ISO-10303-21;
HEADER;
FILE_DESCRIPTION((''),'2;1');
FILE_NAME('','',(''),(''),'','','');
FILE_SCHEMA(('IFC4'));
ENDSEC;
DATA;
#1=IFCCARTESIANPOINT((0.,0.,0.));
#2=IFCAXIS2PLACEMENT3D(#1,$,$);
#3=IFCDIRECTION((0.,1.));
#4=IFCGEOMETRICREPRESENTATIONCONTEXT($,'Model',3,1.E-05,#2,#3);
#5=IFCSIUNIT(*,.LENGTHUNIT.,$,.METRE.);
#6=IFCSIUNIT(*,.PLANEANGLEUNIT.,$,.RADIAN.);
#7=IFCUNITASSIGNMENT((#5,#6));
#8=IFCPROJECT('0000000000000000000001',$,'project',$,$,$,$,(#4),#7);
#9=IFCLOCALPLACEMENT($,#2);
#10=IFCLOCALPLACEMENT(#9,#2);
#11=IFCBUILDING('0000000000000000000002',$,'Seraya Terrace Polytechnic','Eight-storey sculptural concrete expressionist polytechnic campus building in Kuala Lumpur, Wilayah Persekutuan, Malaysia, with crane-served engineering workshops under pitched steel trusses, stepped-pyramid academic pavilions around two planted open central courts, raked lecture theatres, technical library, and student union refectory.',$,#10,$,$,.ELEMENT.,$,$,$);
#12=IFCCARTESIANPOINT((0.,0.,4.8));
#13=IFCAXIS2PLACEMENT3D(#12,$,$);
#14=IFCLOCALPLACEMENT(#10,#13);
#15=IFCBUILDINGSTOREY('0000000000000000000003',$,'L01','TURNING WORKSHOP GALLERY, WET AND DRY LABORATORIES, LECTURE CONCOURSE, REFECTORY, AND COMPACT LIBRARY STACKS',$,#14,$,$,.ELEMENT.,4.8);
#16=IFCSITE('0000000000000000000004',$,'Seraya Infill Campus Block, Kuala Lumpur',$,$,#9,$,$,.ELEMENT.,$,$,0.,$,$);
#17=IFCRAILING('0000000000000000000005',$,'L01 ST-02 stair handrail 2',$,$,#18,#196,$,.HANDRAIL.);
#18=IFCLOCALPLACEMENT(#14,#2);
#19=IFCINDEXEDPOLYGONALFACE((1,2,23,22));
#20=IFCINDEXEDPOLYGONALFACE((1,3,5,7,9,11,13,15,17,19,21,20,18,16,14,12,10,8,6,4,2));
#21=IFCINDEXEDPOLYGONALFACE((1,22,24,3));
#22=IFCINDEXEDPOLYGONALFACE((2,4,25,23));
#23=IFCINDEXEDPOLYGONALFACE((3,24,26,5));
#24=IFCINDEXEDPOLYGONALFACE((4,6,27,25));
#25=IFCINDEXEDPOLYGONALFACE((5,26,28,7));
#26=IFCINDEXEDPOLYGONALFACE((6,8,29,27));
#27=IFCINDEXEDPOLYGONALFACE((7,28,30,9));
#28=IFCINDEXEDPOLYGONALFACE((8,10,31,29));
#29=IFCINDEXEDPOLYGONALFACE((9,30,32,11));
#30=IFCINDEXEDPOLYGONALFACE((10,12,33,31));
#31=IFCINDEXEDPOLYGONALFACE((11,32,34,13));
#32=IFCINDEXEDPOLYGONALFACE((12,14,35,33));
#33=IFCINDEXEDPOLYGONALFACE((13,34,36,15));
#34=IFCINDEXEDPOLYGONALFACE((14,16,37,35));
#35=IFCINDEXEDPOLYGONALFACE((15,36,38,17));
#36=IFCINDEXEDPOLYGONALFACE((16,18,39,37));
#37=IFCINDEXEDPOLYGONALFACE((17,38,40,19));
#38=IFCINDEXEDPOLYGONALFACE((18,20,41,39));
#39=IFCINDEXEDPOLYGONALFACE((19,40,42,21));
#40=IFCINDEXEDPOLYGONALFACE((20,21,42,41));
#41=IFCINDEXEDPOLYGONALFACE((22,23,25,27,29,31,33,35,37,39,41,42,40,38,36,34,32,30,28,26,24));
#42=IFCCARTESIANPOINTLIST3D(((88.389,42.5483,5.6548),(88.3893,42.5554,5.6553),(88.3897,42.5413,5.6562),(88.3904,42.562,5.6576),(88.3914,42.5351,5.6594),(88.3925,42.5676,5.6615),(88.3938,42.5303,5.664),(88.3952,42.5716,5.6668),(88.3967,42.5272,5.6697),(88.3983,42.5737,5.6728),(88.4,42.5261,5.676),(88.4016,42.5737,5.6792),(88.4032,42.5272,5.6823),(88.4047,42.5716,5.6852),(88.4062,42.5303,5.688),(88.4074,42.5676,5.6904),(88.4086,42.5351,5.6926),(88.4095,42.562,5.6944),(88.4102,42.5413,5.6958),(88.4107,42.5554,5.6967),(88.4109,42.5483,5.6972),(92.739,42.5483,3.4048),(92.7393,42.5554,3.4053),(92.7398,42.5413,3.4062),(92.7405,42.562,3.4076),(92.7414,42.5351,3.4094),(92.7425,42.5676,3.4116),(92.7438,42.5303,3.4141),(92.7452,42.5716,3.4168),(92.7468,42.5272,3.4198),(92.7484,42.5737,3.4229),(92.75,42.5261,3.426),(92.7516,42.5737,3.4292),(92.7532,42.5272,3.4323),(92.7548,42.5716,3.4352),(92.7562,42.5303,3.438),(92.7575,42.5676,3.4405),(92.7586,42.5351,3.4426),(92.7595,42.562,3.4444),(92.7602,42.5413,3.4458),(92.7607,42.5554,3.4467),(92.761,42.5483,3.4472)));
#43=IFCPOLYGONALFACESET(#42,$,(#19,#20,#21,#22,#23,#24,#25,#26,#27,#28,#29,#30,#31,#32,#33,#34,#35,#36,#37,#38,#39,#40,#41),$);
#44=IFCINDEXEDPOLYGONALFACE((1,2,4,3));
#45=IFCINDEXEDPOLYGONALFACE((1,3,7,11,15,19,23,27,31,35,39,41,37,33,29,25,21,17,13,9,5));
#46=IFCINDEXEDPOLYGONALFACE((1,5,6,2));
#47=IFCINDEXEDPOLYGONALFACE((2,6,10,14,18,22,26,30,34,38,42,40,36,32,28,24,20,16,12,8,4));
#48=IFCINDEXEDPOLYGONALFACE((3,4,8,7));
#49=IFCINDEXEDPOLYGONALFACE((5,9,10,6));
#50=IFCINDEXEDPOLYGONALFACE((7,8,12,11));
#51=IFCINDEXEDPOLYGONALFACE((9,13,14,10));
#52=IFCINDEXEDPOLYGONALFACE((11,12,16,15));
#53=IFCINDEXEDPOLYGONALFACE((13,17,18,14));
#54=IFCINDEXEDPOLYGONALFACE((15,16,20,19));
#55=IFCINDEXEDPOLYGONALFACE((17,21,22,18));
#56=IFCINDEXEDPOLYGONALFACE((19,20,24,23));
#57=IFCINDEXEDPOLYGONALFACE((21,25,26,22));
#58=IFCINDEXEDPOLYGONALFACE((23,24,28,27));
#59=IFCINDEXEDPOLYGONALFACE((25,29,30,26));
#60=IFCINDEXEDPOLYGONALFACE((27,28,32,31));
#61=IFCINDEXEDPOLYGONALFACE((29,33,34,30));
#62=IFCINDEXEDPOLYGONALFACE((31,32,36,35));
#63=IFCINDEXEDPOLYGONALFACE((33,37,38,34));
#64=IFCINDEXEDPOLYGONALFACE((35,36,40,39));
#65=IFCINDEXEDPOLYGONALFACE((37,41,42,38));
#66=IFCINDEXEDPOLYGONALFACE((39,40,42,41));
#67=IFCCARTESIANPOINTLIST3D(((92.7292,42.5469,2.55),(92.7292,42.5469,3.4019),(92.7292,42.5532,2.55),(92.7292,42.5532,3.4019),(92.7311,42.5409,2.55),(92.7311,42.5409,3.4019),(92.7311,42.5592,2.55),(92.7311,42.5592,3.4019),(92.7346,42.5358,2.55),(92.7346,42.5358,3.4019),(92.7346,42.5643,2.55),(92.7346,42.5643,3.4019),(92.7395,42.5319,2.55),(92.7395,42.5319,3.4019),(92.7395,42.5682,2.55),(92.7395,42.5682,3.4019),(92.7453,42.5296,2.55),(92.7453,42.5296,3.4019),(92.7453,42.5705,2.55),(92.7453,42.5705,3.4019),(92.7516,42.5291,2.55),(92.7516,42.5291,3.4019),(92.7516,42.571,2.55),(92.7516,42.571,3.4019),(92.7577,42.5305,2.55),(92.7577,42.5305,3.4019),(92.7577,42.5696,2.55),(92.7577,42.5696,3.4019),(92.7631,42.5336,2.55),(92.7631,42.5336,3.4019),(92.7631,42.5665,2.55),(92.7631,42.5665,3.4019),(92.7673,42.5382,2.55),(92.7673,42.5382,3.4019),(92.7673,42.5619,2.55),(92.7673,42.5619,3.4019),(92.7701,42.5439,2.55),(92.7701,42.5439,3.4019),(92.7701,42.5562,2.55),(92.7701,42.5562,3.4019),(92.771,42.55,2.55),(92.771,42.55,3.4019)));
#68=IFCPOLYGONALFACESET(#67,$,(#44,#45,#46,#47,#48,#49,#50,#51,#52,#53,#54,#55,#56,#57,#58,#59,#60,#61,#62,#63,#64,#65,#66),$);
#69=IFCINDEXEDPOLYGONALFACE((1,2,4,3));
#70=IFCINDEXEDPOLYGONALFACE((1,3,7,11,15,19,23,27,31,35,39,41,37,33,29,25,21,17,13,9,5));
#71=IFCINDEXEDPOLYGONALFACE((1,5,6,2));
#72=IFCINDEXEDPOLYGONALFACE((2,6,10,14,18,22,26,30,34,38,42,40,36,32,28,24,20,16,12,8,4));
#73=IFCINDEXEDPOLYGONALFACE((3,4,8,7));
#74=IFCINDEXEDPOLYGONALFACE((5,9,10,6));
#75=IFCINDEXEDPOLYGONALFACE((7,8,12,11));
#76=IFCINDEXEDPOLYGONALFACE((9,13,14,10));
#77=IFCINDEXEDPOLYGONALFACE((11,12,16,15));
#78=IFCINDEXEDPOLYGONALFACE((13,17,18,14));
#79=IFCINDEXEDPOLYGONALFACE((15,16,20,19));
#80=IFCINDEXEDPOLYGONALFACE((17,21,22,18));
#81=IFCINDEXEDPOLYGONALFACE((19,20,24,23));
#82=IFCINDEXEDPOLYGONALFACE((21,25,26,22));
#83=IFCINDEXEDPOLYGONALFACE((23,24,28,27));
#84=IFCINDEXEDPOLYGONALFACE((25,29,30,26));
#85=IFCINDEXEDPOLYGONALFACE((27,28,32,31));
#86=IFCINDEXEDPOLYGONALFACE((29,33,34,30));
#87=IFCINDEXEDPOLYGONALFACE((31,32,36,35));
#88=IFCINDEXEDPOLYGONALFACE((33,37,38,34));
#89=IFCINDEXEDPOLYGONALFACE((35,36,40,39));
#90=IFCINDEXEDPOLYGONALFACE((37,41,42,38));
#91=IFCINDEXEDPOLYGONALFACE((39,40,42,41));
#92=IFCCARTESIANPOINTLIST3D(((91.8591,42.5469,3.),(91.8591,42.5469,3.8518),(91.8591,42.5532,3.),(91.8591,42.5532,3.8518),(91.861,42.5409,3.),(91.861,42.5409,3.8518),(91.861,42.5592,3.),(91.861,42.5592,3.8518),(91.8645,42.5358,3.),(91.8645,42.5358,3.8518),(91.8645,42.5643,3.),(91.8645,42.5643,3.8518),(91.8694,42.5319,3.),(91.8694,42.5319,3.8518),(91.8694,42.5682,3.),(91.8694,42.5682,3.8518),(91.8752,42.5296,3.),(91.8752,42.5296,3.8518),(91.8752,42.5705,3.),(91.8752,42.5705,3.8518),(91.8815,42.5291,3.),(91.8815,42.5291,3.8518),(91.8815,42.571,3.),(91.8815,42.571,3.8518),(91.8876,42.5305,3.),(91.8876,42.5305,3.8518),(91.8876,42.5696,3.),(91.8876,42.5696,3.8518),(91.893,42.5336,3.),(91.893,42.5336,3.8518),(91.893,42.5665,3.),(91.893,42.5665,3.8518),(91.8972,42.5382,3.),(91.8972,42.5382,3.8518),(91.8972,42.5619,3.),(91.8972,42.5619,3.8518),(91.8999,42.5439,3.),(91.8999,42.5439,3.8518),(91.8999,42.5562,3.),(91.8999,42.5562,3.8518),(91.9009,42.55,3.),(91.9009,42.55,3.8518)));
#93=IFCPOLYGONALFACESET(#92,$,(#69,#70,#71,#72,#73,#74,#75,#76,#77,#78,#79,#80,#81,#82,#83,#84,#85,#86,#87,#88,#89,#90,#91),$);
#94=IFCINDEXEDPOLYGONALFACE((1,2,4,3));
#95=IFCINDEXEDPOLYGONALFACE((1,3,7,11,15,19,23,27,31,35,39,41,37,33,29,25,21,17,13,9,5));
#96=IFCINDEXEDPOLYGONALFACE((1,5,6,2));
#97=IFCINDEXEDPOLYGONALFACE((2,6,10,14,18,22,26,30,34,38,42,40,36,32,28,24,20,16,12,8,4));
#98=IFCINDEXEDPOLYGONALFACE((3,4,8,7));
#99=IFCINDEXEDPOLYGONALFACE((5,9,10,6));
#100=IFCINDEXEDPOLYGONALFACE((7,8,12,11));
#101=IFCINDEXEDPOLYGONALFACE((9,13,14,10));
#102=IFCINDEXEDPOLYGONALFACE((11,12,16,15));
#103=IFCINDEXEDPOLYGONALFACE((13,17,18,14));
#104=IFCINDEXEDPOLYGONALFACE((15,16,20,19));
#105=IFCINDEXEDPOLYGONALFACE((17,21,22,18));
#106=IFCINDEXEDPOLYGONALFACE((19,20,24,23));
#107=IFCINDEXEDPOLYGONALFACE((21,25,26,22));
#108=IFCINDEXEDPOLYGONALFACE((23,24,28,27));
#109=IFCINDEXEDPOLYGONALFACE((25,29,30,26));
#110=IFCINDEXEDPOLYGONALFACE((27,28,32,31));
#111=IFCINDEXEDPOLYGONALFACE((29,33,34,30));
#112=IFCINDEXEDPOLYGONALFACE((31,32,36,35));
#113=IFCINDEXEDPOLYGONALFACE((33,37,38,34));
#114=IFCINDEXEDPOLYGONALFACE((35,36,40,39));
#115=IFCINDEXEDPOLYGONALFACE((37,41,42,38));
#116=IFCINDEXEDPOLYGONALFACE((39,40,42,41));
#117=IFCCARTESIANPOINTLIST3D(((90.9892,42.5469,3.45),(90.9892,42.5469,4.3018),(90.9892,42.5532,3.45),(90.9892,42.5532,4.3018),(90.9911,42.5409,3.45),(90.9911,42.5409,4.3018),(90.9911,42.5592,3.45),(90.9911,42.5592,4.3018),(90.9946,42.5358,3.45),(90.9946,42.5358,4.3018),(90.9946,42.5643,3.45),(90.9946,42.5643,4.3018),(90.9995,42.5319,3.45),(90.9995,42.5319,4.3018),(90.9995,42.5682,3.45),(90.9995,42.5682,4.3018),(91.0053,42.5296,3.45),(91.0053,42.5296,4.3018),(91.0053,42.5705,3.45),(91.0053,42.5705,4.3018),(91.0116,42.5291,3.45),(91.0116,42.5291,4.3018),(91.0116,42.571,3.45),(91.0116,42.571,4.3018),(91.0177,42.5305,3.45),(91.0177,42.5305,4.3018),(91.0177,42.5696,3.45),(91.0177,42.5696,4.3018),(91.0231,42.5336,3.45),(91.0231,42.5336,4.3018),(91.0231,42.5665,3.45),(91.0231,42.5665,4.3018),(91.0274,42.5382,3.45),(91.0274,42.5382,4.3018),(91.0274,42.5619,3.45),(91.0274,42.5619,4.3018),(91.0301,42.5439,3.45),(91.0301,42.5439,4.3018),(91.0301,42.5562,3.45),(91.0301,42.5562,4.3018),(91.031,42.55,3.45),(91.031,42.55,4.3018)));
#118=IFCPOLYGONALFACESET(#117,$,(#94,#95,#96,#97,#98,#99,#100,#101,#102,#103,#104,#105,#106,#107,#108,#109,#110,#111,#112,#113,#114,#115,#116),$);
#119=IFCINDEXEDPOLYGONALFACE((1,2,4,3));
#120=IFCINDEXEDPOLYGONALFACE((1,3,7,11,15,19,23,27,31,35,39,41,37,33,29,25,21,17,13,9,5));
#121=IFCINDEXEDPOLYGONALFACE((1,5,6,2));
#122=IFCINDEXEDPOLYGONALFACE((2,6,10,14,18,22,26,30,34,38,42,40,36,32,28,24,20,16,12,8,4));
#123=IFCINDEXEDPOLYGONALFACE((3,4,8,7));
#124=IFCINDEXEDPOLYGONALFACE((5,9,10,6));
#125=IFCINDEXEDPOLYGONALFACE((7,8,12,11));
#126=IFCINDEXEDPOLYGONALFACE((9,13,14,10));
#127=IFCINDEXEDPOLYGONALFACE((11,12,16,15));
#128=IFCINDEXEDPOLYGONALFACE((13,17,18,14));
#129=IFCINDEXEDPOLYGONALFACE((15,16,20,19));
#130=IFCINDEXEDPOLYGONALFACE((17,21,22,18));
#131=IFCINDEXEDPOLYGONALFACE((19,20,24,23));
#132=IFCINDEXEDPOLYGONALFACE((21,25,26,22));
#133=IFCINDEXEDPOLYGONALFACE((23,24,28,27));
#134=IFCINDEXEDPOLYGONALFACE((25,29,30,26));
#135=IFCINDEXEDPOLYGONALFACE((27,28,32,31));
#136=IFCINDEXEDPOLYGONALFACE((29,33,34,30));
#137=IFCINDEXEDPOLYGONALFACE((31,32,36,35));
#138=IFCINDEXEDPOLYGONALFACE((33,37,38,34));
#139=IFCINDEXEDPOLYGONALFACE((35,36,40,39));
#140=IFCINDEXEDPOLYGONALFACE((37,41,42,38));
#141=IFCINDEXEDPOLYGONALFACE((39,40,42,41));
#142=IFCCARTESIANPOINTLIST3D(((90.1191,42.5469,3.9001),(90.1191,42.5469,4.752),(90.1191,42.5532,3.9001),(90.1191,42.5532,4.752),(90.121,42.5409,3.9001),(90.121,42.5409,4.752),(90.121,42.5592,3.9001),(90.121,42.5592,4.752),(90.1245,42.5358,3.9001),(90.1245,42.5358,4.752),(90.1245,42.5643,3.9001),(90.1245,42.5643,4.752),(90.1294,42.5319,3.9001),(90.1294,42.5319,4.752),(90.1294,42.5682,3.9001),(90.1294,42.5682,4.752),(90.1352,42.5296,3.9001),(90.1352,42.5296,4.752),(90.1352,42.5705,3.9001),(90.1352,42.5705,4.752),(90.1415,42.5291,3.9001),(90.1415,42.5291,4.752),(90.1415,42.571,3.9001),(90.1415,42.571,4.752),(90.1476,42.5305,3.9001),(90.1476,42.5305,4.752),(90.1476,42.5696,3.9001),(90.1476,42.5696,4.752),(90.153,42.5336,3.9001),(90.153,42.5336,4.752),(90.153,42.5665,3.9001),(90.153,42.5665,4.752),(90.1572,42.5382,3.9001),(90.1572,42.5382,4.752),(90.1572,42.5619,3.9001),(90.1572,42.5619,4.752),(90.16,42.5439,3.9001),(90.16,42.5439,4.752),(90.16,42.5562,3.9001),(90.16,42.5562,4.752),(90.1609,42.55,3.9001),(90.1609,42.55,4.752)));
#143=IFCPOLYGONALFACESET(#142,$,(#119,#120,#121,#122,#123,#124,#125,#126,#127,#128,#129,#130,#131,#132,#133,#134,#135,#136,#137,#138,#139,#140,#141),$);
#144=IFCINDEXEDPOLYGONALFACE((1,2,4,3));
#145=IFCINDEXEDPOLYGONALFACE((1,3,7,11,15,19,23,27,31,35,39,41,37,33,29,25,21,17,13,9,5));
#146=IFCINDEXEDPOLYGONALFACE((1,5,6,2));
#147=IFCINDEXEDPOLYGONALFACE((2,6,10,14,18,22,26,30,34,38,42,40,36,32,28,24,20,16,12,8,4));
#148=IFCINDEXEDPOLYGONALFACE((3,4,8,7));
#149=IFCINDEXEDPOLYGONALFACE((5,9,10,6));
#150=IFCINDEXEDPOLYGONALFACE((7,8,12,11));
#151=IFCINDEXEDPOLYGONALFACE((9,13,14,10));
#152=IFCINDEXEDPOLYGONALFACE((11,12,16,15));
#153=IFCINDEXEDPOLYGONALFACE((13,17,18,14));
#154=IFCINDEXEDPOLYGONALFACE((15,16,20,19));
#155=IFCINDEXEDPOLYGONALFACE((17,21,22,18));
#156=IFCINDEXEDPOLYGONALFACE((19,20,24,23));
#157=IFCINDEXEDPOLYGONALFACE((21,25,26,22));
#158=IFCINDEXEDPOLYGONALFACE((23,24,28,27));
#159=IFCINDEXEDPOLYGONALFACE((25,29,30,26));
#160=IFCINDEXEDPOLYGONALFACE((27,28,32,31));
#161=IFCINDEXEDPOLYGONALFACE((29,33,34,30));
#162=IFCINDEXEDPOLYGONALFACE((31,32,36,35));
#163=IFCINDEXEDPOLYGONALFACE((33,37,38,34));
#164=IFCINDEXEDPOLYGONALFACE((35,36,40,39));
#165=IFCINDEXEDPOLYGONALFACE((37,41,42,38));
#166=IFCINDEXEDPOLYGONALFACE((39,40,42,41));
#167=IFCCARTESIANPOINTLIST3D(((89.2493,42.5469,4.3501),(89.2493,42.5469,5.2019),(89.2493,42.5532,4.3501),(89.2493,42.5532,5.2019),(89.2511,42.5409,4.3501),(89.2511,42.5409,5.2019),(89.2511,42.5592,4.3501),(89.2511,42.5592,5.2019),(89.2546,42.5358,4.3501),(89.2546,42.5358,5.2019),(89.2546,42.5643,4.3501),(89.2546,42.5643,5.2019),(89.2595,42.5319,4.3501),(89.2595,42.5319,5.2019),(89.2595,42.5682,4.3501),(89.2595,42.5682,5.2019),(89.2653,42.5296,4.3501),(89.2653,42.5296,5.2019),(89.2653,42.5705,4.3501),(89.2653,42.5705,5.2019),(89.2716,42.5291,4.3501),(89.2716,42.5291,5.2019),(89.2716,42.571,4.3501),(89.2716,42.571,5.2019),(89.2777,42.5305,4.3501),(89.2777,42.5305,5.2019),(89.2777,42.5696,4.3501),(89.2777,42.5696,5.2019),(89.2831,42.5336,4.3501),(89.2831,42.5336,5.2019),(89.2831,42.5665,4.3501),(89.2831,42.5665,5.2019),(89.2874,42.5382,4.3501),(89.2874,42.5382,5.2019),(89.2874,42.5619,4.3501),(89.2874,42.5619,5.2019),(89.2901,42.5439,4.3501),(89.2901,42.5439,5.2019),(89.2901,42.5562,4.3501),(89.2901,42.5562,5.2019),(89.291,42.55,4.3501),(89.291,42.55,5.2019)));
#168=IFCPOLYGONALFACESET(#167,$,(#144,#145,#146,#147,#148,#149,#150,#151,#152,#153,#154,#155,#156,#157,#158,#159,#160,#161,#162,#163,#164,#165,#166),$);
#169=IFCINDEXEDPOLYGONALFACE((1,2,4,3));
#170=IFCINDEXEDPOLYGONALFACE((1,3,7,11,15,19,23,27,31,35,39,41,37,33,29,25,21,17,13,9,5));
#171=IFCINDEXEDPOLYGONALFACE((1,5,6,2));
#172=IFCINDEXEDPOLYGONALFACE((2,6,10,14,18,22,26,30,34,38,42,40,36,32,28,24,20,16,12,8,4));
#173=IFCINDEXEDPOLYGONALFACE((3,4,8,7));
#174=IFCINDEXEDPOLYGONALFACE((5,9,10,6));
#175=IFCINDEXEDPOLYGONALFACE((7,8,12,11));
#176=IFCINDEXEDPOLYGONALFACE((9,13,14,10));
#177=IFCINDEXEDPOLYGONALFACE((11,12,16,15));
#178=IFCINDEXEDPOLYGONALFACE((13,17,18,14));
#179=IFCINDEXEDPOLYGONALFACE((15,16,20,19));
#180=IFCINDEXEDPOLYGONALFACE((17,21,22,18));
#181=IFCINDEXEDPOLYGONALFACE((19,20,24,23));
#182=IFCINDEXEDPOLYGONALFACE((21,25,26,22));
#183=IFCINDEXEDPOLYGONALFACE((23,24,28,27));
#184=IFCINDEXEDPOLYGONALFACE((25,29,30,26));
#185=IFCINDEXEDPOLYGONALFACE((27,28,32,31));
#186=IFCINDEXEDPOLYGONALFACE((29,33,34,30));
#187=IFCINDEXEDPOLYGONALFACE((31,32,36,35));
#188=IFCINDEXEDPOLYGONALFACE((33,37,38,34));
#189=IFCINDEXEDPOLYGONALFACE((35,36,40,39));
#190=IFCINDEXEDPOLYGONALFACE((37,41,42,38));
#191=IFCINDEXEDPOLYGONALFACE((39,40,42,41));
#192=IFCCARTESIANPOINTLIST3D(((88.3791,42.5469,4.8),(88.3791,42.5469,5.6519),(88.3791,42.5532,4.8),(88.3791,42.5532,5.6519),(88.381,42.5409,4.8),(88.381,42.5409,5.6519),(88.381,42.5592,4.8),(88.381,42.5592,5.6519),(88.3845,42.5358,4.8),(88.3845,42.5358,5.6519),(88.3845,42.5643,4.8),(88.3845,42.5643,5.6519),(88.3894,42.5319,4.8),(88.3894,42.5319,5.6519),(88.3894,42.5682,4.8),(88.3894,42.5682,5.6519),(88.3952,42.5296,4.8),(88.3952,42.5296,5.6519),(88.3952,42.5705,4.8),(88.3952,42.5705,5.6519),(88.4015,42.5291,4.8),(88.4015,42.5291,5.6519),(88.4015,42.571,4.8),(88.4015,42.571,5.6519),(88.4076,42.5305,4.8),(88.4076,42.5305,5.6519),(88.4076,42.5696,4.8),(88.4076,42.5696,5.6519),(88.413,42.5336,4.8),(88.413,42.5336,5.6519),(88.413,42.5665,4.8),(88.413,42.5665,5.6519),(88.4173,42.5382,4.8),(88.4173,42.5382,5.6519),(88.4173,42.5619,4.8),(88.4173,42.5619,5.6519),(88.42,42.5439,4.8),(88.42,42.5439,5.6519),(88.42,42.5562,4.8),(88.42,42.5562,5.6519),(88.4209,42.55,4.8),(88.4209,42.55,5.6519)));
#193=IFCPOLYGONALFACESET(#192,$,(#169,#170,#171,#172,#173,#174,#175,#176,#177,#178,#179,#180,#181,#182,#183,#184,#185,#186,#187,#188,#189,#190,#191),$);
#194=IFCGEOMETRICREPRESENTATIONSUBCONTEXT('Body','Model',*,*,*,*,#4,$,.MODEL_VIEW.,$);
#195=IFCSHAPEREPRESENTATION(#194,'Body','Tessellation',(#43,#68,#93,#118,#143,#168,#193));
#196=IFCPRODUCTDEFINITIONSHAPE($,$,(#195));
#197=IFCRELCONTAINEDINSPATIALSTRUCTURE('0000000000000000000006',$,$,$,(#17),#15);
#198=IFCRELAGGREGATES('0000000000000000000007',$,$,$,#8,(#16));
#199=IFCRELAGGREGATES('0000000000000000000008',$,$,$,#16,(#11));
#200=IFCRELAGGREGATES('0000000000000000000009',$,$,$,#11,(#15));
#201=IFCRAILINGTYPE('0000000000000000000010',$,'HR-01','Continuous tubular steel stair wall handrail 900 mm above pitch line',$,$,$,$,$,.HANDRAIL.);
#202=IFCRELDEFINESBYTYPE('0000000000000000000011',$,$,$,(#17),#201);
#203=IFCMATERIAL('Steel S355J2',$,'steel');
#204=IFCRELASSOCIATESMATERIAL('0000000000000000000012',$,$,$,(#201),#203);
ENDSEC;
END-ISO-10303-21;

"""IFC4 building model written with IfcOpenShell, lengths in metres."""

from ifc_helpers import new_model, si_unit, direction, frame, origin, origin_2d, place, context, subcontext, project, spatial, circle, extrude, material, type_object, element, save


model = new_model("IFC4")

# Units and contexts
model_context = context("Model", 3, precision=1e-05, world=origin(), true_north=direction((0.0, 1.0)))
body_context = subcontext(model_context, "Body", "Model", "MODEL_VIEW")
ifc_project = project(units=[si_unit("LENGTHUNIT", "METRE"), si_unit("PLANEANGLEUNIT", "RADIAN")], contexts=[model_context])

# Site, building, storey
site_placement = place(None, origin())
site = spatial("IfcSite", under=ifc_project, at=site_placement, Name="Seraya Infill Campus Block, Kuala Lumpur", CompositionType="ELEMENT", RefElevation=0.0)
building_placement = place(site_placement, origin())
building = spatial("IfcBuilding", under=site, at=building_placement, Name="Seraya Terrace Polytechnic", Description="Eight-storey sculptural concrete expressionist polytechnic campus building in Kuala Lumpur, Wilayah Persekutuan, Malaysia, with crane-served engineering workshops under pitched steel trusses, stepped-pyramid academic pavilions around two planted open central courts, raked lecture theatres, technical library, and student union refectory.", CompositionType="ELEMENT")
storey_placement = place(building_placement, frame((0.0, 0.0, 4.8)))
storey = spatial("IfcBuildingStorey", under=building, at=storey_placement, Name="L01", Description="TURNING WORKSHOP GALLERY, WET AND DRY LABORATORIES, LECTURE CONCOURSE, REFECTORY, AND COMPACT LIBRARY STACKS", CompositionType="ELEMENT", Elevation=4.8)

# Shared definitions
ifc_material_1 = material(Name="Steel S355J2", Category="steel")

# Railing
railing_type_1 = type_object("IfcRailingType", Name="HR-01", Description="Continuous tubular steel stair wall handrail 900 mm above pitch line", PredefinedType="HANDRAIL", material=ifc_material_1)
railing_1_placement = place(storey_placement, frame((92.75, 42.55, 2.55)))
element("IfcRailing", 1, at=railing_1_placement, inside=storey, type_object=railing_type_1, Name="L01 ST-02 stair handrail 2", PredefinedType="HANDRAIL", context=body_context, shape_type="SweptSolid", body=[
    extrude(circle(Radius=0.0239, at=origin_2d()), frame((0.0, 0.0, 0.876), z_axis=(-0.888222, 0.0, 0.459415), x_axis=(0.0, -1.0, 0.0)), (0.0, 0.0, 1.0), 4.8975),
    extrude(circle(Radius=0.021, at=origin_2d()), origin(), (0.0, 0.0, 1.0), 0.8518),
    extrude(circle(Radius=0.021, at=origin_2d()), frame((-0.8701, 0.0, 0.45)), (0.0, 0.0, 1.0), 0.8518),
    extrude(circle(Radius=0.021, at=origin_2d()), frame((-1.74, 0.0, 0.8999)), (0.0, 0.0, 1.0), 0.8518),
    extrude(circle(Radius=0.021, at=origin_2d()), frame((-2.6101, 0.0, 1.3501)), (0.0, 0.0, 1.0), 0.8518),
    extrude(circle(Radius=0.021, at=origin_2d()), frame((-3.48, 0.0, 1.8)), (0.0, 0.0, 1.0), 0.8518),
    extrude(circle(Radius=0.021, at=origin_2d()), frame((-4.3501, 0.0, 2.25)), (0.0, 0.0, 1.0), 0.8518),
])

save(model, "model.ifc")
